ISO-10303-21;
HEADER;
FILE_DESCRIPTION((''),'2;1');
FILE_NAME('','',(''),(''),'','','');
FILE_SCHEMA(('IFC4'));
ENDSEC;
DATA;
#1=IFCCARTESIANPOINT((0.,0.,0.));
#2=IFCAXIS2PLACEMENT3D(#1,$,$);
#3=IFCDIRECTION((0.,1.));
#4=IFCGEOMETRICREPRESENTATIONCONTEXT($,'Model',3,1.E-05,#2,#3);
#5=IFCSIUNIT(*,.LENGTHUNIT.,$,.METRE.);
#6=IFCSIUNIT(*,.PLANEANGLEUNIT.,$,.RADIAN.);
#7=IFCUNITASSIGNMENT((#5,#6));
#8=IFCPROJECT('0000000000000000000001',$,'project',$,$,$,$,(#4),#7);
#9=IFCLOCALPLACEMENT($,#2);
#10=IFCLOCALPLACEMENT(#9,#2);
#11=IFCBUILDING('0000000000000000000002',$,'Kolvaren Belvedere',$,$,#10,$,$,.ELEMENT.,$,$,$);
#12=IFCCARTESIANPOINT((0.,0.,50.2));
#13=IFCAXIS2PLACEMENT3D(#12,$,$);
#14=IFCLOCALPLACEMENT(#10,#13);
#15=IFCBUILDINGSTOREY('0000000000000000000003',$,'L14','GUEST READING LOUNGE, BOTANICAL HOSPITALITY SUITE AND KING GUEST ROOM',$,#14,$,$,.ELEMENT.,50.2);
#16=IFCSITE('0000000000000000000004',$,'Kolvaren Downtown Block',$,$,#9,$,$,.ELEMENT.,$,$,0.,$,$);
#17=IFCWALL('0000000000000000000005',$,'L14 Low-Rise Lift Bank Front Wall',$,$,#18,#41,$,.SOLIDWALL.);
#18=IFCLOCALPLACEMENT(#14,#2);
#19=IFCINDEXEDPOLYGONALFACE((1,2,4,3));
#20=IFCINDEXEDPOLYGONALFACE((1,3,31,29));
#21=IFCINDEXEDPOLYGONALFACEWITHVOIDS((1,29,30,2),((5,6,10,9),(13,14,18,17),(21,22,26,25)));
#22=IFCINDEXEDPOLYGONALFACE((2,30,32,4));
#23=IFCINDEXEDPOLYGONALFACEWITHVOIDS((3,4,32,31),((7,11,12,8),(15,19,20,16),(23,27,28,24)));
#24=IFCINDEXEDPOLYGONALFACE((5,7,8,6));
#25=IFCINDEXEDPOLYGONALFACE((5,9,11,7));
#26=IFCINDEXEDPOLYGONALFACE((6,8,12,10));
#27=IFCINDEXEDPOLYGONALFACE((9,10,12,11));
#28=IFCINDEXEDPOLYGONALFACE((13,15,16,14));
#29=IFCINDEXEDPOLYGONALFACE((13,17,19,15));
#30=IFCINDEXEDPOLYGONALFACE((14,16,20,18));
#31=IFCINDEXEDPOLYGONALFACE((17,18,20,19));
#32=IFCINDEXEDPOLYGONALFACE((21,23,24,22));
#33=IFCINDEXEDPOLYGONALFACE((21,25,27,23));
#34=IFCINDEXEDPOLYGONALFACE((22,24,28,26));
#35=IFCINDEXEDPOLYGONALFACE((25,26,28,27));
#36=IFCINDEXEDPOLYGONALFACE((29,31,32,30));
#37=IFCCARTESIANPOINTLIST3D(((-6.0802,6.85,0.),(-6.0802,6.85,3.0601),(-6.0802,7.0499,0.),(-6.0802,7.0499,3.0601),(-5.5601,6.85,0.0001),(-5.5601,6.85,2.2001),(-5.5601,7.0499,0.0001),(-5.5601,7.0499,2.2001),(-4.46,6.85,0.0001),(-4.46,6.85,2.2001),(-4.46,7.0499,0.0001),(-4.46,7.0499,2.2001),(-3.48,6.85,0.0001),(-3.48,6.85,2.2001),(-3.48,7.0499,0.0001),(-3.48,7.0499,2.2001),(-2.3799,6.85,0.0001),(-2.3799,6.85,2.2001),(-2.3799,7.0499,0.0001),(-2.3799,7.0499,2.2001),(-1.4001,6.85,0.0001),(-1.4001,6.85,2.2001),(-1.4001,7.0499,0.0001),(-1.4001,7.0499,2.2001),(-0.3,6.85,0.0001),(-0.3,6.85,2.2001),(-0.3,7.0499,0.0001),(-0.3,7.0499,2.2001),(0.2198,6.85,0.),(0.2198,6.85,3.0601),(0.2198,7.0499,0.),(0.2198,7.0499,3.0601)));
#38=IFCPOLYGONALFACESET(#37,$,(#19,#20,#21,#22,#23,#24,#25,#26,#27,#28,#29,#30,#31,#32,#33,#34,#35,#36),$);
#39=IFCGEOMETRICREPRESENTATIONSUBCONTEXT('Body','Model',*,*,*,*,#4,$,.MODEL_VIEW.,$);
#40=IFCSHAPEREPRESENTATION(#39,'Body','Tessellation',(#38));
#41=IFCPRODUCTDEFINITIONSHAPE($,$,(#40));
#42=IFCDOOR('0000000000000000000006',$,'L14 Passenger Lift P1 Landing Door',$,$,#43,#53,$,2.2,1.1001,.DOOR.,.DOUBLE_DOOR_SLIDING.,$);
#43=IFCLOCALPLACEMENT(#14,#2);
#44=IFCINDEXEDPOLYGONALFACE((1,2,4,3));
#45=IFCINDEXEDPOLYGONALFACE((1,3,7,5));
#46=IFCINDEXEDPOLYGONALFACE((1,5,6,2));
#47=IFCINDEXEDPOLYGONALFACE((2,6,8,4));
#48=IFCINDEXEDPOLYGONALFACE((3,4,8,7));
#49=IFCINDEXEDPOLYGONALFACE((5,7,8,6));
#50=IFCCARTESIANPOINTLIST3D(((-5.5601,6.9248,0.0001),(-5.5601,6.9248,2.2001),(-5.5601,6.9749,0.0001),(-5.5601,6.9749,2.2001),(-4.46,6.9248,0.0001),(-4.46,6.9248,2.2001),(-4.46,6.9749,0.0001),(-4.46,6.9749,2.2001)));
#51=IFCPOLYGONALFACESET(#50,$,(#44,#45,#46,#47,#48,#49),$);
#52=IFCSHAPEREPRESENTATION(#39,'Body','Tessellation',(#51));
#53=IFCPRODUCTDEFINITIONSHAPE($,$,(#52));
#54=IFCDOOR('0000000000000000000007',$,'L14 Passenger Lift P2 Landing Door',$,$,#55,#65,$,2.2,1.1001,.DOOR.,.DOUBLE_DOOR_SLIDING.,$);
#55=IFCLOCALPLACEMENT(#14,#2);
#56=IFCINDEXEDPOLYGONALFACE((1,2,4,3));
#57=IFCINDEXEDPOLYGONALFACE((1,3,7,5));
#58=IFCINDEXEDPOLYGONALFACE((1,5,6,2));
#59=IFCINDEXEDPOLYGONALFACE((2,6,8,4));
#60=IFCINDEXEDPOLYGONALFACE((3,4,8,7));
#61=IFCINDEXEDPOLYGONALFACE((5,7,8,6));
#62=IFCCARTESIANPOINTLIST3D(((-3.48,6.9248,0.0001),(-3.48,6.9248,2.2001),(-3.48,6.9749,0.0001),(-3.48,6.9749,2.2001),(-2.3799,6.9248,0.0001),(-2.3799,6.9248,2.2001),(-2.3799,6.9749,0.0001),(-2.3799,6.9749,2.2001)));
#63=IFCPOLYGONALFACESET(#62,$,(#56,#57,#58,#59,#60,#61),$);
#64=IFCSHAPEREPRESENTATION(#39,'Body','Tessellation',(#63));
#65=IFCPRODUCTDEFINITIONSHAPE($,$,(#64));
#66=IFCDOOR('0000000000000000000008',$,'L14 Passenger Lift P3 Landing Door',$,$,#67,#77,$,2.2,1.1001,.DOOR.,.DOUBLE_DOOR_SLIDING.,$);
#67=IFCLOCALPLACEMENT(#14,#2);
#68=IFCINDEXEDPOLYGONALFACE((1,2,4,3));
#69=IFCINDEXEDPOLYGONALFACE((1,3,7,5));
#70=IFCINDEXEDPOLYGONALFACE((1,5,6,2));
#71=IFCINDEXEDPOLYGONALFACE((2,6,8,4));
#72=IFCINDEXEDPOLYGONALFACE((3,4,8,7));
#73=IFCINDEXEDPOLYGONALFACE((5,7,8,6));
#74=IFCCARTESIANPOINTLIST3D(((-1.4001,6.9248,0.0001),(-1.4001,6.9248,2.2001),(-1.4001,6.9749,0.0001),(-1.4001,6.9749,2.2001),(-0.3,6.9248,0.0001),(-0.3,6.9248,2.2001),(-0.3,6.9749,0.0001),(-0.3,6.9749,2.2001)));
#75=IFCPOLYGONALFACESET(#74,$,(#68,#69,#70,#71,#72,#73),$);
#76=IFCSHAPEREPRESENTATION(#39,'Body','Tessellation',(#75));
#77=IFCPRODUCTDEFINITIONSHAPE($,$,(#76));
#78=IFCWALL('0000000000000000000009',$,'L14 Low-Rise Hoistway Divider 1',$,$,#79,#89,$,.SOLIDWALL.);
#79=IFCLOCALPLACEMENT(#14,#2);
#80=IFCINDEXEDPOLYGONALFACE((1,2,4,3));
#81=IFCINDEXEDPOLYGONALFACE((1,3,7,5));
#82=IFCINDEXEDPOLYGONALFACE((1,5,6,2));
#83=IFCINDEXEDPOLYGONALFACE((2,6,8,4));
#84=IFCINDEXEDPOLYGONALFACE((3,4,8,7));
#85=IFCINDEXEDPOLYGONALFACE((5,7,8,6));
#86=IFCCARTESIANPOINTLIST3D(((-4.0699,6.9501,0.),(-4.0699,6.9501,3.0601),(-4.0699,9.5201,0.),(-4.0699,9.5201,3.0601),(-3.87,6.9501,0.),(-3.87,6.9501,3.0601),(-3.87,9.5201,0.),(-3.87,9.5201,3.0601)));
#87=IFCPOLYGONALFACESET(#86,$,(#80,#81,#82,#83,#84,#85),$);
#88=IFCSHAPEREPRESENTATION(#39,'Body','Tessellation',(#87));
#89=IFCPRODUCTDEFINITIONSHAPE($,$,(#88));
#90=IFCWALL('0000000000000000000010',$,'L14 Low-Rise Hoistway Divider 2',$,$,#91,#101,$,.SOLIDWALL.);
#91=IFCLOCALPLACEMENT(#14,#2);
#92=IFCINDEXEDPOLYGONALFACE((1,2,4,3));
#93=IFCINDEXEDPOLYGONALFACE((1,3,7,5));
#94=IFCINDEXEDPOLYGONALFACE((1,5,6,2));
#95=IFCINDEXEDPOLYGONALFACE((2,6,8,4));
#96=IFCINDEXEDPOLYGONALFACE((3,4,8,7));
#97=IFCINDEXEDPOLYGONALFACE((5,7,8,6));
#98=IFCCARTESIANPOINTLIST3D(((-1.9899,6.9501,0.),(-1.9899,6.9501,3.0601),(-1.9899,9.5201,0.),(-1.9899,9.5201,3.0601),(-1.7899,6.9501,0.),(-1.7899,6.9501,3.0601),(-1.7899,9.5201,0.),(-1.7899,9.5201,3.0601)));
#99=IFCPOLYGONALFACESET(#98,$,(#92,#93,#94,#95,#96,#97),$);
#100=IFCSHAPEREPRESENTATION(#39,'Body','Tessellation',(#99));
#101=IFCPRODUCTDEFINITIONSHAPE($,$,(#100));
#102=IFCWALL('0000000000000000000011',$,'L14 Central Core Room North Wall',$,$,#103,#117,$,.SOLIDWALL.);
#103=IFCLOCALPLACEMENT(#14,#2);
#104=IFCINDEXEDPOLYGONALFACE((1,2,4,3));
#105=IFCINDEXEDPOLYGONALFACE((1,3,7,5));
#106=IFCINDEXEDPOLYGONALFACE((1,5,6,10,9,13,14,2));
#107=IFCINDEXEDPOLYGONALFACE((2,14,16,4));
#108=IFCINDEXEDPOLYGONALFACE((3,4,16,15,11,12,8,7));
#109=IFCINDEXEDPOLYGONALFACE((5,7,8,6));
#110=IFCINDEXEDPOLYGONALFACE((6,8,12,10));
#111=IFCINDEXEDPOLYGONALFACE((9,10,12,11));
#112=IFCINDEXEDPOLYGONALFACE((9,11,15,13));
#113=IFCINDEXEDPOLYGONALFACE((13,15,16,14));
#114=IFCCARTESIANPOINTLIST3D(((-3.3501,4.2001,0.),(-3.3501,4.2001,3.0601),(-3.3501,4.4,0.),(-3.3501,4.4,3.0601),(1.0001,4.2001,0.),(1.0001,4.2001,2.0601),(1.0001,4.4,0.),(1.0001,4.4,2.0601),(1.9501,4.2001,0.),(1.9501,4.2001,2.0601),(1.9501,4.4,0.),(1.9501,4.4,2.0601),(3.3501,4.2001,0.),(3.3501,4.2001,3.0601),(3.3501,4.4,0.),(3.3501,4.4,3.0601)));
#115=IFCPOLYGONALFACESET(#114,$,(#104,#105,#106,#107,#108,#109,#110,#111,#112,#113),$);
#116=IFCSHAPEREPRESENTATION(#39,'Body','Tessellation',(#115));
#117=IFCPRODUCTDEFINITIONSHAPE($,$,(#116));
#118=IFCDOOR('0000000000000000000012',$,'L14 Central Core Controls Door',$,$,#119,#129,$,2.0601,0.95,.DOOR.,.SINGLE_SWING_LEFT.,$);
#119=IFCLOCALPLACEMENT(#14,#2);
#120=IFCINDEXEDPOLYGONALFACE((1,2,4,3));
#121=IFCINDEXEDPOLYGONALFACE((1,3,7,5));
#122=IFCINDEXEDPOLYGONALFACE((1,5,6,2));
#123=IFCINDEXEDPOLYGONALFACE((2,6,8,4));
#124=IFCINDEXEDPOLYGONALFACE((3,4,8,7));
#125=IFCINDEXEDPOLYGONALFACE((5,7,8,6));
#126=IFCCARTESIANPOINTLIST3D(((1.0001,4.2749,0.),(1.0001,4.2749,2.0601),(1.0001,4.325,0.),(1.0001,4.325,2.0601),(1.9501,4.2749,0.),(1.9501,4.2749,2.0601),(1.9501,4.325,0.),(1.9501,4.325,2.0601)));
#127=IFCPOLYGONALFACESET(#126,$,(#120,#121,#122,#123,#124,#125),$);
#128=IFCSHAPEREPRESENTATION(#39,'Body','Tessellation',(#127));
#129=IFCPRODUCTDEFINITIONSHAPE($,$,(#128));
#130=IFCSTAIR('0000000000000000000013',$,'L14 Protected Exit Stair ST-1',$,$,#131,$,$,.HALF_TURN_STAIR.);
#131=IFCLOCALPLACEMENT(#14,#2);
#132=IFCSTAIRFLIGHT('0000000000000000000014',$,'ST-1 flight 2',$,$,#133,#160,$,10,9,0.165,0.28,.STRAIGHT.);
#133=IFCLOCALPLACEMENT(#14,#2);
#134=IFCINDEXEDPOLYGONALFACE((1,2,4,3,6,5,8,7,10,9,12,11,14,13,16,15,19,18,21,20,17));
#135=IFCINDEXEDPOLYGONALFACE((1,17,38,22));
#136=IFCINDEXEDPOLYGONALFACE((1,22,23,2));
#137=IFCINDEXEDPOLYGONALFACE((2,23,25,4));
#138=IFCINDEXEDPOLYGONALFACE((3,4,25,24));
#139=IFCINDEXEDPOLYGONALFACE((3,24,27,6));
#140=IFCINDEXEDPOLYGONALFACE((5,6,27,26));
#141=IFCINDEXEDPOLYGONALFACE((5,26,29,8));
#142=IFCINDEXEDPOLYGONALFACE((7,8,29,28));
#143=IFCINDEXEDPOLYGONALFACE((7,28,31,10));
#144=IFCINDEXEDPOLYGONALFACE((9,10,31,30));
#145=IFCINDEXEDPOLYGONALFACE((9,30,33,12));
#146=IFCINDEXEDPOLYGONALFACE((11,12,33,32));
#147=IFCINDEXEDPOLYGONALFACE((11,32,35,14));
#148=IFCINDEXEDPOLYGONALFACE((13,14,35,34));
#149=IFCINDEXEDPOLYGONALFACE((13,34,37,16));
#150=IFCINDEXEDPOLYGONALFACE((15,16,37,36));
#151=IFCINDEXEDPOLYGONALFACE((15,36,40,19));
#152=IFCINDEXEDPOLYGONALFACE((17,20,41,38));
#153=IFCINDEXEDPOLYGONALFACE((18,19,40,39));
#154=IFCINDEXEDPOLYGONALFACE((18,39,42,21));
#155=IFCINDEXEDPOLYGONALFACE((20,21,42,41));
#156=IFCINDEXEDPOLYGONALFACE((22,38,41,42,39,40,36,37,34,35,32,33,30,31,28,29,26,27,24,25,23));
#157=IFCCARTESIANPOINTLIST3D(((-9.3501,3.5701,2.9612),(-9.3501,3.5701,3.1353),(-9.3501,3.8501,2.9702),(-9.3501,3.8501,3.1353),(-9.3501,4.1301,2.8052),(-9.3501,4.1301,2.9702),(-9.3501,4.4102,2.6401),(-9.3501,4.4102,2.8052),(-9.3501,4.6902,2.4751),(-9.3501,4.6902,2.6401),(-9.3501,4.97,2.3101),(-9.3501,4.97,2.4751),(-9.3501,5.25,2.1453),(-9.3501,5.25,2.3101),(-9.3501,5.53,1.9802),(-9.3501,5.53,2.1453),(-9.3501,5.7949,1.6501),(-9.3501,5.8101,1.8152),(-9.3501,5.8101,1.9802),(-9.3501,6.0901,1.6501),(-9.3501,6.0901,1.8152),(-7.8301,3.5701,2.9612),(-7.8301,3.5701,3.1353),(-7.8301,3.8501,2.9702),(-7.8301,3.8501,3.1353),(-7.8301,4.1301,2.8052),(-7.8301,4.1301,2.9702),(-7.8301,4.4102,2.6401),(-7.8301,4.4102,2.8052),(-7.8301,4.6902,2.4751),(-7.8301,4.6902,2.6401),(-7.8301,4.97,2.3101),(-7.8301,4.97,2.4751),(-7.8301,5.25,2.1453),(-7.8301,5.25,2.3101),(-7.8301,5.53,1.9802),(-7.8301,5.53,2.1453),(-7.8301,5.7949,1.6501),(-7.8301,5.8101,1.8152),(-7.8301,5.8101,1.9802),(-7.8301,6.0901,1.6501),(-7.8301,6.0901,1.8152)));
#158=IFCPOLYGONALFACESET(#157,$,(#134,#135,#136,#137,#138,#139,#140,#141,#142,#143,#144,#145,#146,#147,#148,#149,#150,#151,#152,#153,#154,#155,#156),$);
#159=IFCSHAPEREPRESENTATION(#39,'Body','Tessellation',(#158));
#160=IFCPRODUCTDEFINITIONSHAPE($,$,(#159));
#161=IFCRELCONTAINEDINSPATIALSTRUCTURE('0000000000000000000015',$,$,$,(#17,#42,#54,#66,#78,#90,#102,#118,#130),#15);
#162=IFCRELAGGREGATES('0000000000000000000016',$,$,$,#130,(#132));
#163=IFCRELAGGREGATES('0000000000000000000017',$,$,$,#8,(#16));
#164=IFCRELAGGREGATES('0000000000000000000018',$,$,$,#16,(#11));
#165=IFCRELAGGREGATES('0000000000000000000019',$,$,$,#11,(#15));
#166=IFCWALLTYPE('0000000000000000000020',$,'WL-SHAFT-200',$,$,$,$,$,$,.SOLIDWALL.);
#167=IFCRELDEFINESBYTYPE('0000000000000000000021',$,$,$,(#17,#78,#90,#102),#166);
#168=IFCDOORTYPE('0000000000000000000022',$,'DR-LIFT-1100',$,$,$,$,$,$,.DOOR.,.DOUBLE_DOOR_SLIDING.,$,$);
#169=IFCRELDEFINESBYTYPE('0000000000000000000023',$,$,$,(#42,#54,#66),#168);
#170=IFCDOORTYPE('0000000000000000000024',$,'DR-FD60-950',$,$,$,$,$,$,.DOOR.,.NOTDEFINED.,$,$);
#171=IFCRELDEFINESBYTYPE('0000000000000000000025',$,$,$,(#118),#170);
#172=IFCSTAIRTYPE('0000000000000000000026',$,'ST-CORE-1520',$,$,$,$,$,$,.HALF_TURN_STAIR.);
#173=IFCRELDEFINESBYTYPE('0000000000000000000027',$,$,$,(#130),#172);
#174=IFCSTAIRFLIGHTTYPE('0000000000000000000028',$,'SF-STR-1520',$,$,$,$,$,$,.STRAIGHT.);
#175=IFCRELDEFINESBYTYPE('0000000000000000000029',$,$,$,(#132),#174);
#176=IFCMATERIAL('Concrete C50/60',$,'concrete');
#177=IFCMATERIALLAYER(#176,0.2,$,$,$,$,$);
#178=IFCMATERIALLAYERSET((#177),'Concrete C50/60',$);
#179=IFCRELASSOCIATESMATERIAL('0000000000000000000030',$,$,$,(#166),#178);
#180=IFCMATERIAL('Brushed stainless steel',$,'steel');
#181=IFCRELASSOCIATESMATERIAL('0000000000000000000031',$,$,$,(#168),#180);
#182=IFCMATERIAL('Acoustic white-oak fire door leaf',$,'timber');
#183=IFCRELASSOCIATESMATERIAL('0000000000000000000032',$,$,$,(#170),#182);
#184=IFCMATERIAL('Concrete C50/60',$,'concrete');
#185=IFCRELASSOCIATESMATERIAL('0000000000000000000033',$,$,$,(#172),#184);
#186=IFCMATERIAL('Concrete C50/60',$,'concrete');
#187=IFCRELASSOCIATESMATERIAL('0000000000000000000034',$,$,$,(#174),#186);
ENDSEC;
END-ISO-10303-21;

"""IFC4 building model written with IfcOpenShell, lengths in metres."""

from ifc_helpers import new_model, si_unit, direction, frame, frame_2d, origin, place, context, subcontext, project, spatial, polyline, rectangle, outline, extrude, material, layer, layer_set, type_object, element, fill, aggregate, save


model = new_model("IFC4")

# Units and contexts
model_context = context("Model", 3, precision=1e-05, world=origin(), true_north=direction((0.0, 1.0)))
body_context = subcontext(model_context, "Body", "Model", "MODEL_VIEW")
ifc_project = project(units=[si_unit("LENGTHUNIT", "METRE"), si_unit("PLANEANGLEUNIT", "RADIAN")], contexts=[model_context])

# Site, building, storey
site_placement = place(None, origin())
site = spatial("IfcSite", under=ifc_project, at=site_placement, Name="Kolvaren Downtown Block", CompositionType="ELEMENT", RefElevation=0.0)
building_placement = place(site_placement, origin())
building = spatial("IfcBuilding", under=site, at=building_placement, Name="Kolvaren Belvedere", CompositionType="ELEMENT")
storey_placement = place(building_placement, frame((0.0, 0.0, 50.2)))
storey = spatial("IfcBuildingStorey", under=building, at=storey_placement, Name="L14", Description="GUEST READING LOUNGE, BOTANICAL HOSPITALITY SUITE AND KING GUEST ROOM", CompositionType="ELEMENT", Elevation=50.2)

# Wall, openings, doors
ifc_material_1 = material(Name="Concrete C50/60", Category="concrete")
ifc_layer_1 = layer(ifc_material_1, 0.2)
ifc_layer_set_1 = layer_set([ifc_layer_1], Name="Concrete C50/60")
wall_type_1 = type_object("IfcWallType", Name="WL-SHAFT-200", PredefinedType="SOLIDWALL", material=ifc_layer_set_1)
wall_1_placement = place(storey_placement, frame((-6.0801, 6.95, 0.0), z_axis=(0.0, 0.0, 1.0), x_axis=(1.0, 0.0, 0.0)))
wall_1 = element("IfcWall", 1, at=wall_1_placement, inside=storey, type_object=wall_type_1, Name="L14 Low-Rise Lift Bank Front Wall", PredefinedType="SOLIDWALL", context=body_context, shape_type="SweptSolid", body=[
    extrude(rectangle(XDim=6.3, YDim=0.2, at=frame_2d((3.1499, 0.0))), origin(), (0.0, 0.0, 1.0), 3.0601),
])
opening_1_placement = place(wall_1_placement, frame((0.52, 0.0, 0.0)))
opening_1 = element("IfcOpeningElement", 2, at=opening_1_placement, cuts=wall_1, PredefinedType="OPENING", context=body_context, shape_type="SweptSolid", body=[
    extrude(rectangle(XDim=1.1001, YDim=2.2, at=frame_2d((0.55, 1.1001))), frame((0.0, 0.1099, 0.0), z_axis=(0.0, -1.0, 0.0), x_axis=(1.0, 0.0, 0.0)), (0.0, 0.0, 1.0), 0.22),
])
opening_2_placement = place(wall_1_placement, frame((2.6001, 0.0, 0.0)))
opening_2 = element("IfcOpeningElement", 3, at=opening_2_placement, cuts=wall_1, PredefinedType="OPENING", context=body_context, shape_type="SweptSolid", body=[
    extrude(rectangle(XDim=1.1001, YDim=2.2, at=frame_2d((0.55, 1.1001))), frame((0.0, 0.1099, 0.0), z_axis=(0.0, -1.0, 0.0), x_axis=(1.0, 0.0, 0.0)), (0.0, 0.0, 1.0), 0.22),
])
opening_3_placement = place(wall_1_placement, frame((4.6799, 0.0, 0.0)))
opening_3 = element("IfcOpeningElement", 4, at=opening_3_placement, cuts=wall_1, PredefinedType="OPENING", context=body_context, shape_type="SweptSolid", body=[
    extrude(rectangle(XDim=1.1001, YDim=2.2, at=frame_2d((0.55, 1.1001))), frame((0.0, 0.1099, 0.0), z_axis=(0.0, -1.0, 0.0), x_axis=(1.0, 0.0, 0.0)), (0.0, 0.0, 1.0), 0.22),
])
ifc_material_2 = material(Name="Brushed stainless steel", Category="steel")
door_type_1 = type_object("IfcDoorType", Name="DR-LIFT-1100", OperationType="DOUBLE_DOOR_SLIDING", PredefinedType="DOOR", material=ifc_material_2)
door_1_placement = place(opening_1_placement, origin())
door_1 = element("IfcDoor", 5, at=door_1_placement, inside=storey, type_object=door_type_1, Name="L14 Passenger Lift P1 Landing Door", OperationType="DOUBLE_DOOR_SLIDING", OverallHeight=2.2, OverallWidth=1.1001, PredefinedType="DOOR", context=body_context, shape_type="SweptSolid", body=[
    extrude(rectangle(XDim=1.1001, YDim=2.2, at=frame_2d((0.55, 1.1001))), frame((0.0, 0.0249, 0.0), z_axis=(0.0, -1.0, 0.0), x_axis=(1.0, 0.0, 0.0)), (0.0, 0.0, 1.0), 0.05),
])
fill(opening_1, door_1)
door_2_placement = place(opening_2_placement, origin())
door_2 = element("IfcDoor", 6, at=door_2_placement, inside=storey, type_object=door_type_1, Name="L14 Passenger Lift P2 Landing Door", OperationType="DOUBLE_DOOR_SLIDING", OverallHeight=2.2, OverallWidth=1.1001, PredefinedType="DOOR", context=body_context, shape_type="SweptSolid", body=[
    extrude(rectangle(XDim=1.1001, YDim=2.2, at=frame_2d((0.55, 1.1001))), frame((0.0, 0.0249, 0.0), z_axis=(0.0, -1.0, 0.0), x_axis=(1.0, 0.0, 0.0)), (0.0, 0.0, 1.0), 0.05),
])
fill(opening_2, door_2)
door_3_placement = place(opening_3_placement, origin())
door_3 = element("IfcDoor", 7, at=door_3_placement, inside=storey, type_object=door_type_1, Name="L14 Passenger Lift P3 Landing Door", OperationType="DOUBLE_DOOR_SLIDING", OverallHeight=2.2, OverallWidth=1.1001, PredefinedType="DOOR", context=body_context, shape_type="SweptSolid", body=[
    extrude(rectangle(XDim=1.1001, YDim=2.2, at=frame_2d((0.55, 1.1001))), frame((0.0, 0.0249, 0.0), z_axis=(0.0, -1.0, 0.0), x_axis=(1.0, 0.0, 0.0)), (0.0, 0.0, 1.0), 0.05),
])
fill(opening_3, door_3)

# Walls
for number, where, z_axis, x_axis, name in (
    (8, (-3.97, 6.95, 0.0), (0.0, 0.0, 1.0), (0.0, 1.0, 0.0), "L14 Low-Rise Hoistway Divider 1"),
    (9, (-1.8899, 6.95, 0.0), (0.0, 0.0, 1.0), (0.0, 1.0, 0.0), "L14 Low-Rise Hoistway Divider 2"),
):
    element("IfcWall", number, at=place(storey_placement, frame(where, z_axis=z_axis, x_axis=x_axis)), inside=storey, type_object=wall_type_1, Name=name, PredefinedType="SOLIDWALL", context=body_context, shape_type="SweptSolid", body=[
        extrude(rectangle(XDim=2.5701, YDim=0.2, at=frame_2d((1.2852, 0.0))), origin(), (0.0, 0.0, 1.0), 3.0601),
    ])

# Wall, opening, door
wall_2_placement = place(storey_placement, frame((-3.3501, 4.3, 0.0), z_axis=(0.0, 0.0, 1.0), x_axis=(1.0, 0.0, 0.0)))
wall_2 = element("IfcWall", 10, at=wall_2_placement, inside=storey, type_object=wall_type_1, Name="L14 Central Core Room North Wall", PredefinedType="SOLIDWALL", context=body_context, shape_type="SweptSolid", body=[
    extrude(rectangle(XDim=6.7002, YDim=0.2, at=frame_2d((3.3501, 0.0))), origin(), (0.0, 0.0, 1.0), 3.0601),
])
opening_4_placement = place(wall_2_placement, frame((4.3501, 0.0, 0.0)))
opening_4 = element("IfcOpeningElement", 11, at=opening_4_placement, cuts=wall_2, PredefinedType="OPENING", context=body_context, shape_type="SweptSolid", body=[
    extrude(rectangle(XDim=0.95, YDim=2.0601, at=frame_2d((0.4751, 1.03))), frame((0.0, 0.1099, 0.0), z_axis=(0.0, -1.0, 0.0), x_axis=(1.0, 0.0, 0.0)), (0.0, 0.0, 1.0), 0.22),
])
ifc_material_3 = material(Name="Acoustic white-oak fire door leaf", Category="timber")
door_type_2 = type_object("IfcDoorType", Name="DR-FD60-950", OperationType="NOTDEFINED", PredefinedType="DOOR", material=ifc_material_3)
door_4_placement = place(opening_4_placement, origin())
door_4 = element("IfcDoor", 12, at=door_4_placement, inside=storey, type_object=door_type_2, Name="L14 Central Core Controls Door", OperationType="SINGLE_SWING_LEFT", OverallHeight=2.0601, OverallWidth=0.95, PredefinedType="DOOR", context=body_context, shape_type="SweptSolid", body=[
    extrude(rectangle(XDim=0.95, YDim=2.0601, at=frame_2d((0.4751, 1.03))), frame((0.0, 0.0249, 0.0), z_axis=(0.0, -1.0, 0.0), x_axis=(1.0, 0.0, 0.0)), (0.0, 0.0, 1.0), 0.05),
])
fill(opening_4, door_4)

# Stair, stair flight
ifc_material_4 = material(Name="Concrete C50/60", Category="concrete")
stair_type = type_object("IfcStairType", Name="ST-CORE-1520", PredefinedType="HALF_TURN_STAIR", material=ifc_material_4)
stair_placement = place(storey_placement, origin())
stair = element("IfcStair", 13, at=stair_placement, inside=storey, type_object=stair_type, Name="L14 Protected Exit Stair ST-1", PredefinedType="HALF_TURN_STAIR")
ifc_material_5 = material(Name="Concrete C50/60", Category="concrete")
stair_flight_type = type_object("IfcStairFlightType", Name="SF-STR-1520", PredefinedType="STRAIGHT", material=ifc_material_5)
stair_flight_placement = place(storey_placement, frame((-8.5901, 6.0901, 1.6501), z_axis=(0.0, 0.0, 1.0), x_axis=(0.0, -1.0, 0.0)))
stair_flight = element("IfcStairFlight", 14, at=stair_flight_placement, type_object=stair_flight_type, Name="ST-1 flight 2", NumberOfRisers=10, NumberOfTreads=9, PredefinedType="STRAIGHT", RiserHeight=0.165, TreadLength=0.28, context=body_context, shape_type="SweptSolid", body=[
    extrude(outline(polyline([(0.0, 0.0), (0.0, 0.165), (0.28, 0.165), (0.28, 0.3301), (0.5601, 0.3301), (0.5601, 0.4951), (0.8401, 0.4951), (0.8401, 0.6599), (1.1201, 0.6599), (1.1201, 0.825), (1.3999, 0.825), (1.3999, 0.99), (1.6799, 0.99), (1.6799, 1.155), (1.96, 1.155), (1.96, 1.3201), (2.24, 1.3201), (2.24, 1.4851), (2.52, 1.4851), (2.52, 1.6499), (2.52, 1.311), (0.2952, 0.0), (0.0, 0.0)])), frame((0.0, 0.76, 0.0), z_axis=(0.0, -1.0, 0.0), x_axis=(1.0, 0.0, 0.0)), (0.0, 0.0, 1.0), 1.52),
])
aggregate(stair, [stair_flight])

save(model, "model.ifc")
